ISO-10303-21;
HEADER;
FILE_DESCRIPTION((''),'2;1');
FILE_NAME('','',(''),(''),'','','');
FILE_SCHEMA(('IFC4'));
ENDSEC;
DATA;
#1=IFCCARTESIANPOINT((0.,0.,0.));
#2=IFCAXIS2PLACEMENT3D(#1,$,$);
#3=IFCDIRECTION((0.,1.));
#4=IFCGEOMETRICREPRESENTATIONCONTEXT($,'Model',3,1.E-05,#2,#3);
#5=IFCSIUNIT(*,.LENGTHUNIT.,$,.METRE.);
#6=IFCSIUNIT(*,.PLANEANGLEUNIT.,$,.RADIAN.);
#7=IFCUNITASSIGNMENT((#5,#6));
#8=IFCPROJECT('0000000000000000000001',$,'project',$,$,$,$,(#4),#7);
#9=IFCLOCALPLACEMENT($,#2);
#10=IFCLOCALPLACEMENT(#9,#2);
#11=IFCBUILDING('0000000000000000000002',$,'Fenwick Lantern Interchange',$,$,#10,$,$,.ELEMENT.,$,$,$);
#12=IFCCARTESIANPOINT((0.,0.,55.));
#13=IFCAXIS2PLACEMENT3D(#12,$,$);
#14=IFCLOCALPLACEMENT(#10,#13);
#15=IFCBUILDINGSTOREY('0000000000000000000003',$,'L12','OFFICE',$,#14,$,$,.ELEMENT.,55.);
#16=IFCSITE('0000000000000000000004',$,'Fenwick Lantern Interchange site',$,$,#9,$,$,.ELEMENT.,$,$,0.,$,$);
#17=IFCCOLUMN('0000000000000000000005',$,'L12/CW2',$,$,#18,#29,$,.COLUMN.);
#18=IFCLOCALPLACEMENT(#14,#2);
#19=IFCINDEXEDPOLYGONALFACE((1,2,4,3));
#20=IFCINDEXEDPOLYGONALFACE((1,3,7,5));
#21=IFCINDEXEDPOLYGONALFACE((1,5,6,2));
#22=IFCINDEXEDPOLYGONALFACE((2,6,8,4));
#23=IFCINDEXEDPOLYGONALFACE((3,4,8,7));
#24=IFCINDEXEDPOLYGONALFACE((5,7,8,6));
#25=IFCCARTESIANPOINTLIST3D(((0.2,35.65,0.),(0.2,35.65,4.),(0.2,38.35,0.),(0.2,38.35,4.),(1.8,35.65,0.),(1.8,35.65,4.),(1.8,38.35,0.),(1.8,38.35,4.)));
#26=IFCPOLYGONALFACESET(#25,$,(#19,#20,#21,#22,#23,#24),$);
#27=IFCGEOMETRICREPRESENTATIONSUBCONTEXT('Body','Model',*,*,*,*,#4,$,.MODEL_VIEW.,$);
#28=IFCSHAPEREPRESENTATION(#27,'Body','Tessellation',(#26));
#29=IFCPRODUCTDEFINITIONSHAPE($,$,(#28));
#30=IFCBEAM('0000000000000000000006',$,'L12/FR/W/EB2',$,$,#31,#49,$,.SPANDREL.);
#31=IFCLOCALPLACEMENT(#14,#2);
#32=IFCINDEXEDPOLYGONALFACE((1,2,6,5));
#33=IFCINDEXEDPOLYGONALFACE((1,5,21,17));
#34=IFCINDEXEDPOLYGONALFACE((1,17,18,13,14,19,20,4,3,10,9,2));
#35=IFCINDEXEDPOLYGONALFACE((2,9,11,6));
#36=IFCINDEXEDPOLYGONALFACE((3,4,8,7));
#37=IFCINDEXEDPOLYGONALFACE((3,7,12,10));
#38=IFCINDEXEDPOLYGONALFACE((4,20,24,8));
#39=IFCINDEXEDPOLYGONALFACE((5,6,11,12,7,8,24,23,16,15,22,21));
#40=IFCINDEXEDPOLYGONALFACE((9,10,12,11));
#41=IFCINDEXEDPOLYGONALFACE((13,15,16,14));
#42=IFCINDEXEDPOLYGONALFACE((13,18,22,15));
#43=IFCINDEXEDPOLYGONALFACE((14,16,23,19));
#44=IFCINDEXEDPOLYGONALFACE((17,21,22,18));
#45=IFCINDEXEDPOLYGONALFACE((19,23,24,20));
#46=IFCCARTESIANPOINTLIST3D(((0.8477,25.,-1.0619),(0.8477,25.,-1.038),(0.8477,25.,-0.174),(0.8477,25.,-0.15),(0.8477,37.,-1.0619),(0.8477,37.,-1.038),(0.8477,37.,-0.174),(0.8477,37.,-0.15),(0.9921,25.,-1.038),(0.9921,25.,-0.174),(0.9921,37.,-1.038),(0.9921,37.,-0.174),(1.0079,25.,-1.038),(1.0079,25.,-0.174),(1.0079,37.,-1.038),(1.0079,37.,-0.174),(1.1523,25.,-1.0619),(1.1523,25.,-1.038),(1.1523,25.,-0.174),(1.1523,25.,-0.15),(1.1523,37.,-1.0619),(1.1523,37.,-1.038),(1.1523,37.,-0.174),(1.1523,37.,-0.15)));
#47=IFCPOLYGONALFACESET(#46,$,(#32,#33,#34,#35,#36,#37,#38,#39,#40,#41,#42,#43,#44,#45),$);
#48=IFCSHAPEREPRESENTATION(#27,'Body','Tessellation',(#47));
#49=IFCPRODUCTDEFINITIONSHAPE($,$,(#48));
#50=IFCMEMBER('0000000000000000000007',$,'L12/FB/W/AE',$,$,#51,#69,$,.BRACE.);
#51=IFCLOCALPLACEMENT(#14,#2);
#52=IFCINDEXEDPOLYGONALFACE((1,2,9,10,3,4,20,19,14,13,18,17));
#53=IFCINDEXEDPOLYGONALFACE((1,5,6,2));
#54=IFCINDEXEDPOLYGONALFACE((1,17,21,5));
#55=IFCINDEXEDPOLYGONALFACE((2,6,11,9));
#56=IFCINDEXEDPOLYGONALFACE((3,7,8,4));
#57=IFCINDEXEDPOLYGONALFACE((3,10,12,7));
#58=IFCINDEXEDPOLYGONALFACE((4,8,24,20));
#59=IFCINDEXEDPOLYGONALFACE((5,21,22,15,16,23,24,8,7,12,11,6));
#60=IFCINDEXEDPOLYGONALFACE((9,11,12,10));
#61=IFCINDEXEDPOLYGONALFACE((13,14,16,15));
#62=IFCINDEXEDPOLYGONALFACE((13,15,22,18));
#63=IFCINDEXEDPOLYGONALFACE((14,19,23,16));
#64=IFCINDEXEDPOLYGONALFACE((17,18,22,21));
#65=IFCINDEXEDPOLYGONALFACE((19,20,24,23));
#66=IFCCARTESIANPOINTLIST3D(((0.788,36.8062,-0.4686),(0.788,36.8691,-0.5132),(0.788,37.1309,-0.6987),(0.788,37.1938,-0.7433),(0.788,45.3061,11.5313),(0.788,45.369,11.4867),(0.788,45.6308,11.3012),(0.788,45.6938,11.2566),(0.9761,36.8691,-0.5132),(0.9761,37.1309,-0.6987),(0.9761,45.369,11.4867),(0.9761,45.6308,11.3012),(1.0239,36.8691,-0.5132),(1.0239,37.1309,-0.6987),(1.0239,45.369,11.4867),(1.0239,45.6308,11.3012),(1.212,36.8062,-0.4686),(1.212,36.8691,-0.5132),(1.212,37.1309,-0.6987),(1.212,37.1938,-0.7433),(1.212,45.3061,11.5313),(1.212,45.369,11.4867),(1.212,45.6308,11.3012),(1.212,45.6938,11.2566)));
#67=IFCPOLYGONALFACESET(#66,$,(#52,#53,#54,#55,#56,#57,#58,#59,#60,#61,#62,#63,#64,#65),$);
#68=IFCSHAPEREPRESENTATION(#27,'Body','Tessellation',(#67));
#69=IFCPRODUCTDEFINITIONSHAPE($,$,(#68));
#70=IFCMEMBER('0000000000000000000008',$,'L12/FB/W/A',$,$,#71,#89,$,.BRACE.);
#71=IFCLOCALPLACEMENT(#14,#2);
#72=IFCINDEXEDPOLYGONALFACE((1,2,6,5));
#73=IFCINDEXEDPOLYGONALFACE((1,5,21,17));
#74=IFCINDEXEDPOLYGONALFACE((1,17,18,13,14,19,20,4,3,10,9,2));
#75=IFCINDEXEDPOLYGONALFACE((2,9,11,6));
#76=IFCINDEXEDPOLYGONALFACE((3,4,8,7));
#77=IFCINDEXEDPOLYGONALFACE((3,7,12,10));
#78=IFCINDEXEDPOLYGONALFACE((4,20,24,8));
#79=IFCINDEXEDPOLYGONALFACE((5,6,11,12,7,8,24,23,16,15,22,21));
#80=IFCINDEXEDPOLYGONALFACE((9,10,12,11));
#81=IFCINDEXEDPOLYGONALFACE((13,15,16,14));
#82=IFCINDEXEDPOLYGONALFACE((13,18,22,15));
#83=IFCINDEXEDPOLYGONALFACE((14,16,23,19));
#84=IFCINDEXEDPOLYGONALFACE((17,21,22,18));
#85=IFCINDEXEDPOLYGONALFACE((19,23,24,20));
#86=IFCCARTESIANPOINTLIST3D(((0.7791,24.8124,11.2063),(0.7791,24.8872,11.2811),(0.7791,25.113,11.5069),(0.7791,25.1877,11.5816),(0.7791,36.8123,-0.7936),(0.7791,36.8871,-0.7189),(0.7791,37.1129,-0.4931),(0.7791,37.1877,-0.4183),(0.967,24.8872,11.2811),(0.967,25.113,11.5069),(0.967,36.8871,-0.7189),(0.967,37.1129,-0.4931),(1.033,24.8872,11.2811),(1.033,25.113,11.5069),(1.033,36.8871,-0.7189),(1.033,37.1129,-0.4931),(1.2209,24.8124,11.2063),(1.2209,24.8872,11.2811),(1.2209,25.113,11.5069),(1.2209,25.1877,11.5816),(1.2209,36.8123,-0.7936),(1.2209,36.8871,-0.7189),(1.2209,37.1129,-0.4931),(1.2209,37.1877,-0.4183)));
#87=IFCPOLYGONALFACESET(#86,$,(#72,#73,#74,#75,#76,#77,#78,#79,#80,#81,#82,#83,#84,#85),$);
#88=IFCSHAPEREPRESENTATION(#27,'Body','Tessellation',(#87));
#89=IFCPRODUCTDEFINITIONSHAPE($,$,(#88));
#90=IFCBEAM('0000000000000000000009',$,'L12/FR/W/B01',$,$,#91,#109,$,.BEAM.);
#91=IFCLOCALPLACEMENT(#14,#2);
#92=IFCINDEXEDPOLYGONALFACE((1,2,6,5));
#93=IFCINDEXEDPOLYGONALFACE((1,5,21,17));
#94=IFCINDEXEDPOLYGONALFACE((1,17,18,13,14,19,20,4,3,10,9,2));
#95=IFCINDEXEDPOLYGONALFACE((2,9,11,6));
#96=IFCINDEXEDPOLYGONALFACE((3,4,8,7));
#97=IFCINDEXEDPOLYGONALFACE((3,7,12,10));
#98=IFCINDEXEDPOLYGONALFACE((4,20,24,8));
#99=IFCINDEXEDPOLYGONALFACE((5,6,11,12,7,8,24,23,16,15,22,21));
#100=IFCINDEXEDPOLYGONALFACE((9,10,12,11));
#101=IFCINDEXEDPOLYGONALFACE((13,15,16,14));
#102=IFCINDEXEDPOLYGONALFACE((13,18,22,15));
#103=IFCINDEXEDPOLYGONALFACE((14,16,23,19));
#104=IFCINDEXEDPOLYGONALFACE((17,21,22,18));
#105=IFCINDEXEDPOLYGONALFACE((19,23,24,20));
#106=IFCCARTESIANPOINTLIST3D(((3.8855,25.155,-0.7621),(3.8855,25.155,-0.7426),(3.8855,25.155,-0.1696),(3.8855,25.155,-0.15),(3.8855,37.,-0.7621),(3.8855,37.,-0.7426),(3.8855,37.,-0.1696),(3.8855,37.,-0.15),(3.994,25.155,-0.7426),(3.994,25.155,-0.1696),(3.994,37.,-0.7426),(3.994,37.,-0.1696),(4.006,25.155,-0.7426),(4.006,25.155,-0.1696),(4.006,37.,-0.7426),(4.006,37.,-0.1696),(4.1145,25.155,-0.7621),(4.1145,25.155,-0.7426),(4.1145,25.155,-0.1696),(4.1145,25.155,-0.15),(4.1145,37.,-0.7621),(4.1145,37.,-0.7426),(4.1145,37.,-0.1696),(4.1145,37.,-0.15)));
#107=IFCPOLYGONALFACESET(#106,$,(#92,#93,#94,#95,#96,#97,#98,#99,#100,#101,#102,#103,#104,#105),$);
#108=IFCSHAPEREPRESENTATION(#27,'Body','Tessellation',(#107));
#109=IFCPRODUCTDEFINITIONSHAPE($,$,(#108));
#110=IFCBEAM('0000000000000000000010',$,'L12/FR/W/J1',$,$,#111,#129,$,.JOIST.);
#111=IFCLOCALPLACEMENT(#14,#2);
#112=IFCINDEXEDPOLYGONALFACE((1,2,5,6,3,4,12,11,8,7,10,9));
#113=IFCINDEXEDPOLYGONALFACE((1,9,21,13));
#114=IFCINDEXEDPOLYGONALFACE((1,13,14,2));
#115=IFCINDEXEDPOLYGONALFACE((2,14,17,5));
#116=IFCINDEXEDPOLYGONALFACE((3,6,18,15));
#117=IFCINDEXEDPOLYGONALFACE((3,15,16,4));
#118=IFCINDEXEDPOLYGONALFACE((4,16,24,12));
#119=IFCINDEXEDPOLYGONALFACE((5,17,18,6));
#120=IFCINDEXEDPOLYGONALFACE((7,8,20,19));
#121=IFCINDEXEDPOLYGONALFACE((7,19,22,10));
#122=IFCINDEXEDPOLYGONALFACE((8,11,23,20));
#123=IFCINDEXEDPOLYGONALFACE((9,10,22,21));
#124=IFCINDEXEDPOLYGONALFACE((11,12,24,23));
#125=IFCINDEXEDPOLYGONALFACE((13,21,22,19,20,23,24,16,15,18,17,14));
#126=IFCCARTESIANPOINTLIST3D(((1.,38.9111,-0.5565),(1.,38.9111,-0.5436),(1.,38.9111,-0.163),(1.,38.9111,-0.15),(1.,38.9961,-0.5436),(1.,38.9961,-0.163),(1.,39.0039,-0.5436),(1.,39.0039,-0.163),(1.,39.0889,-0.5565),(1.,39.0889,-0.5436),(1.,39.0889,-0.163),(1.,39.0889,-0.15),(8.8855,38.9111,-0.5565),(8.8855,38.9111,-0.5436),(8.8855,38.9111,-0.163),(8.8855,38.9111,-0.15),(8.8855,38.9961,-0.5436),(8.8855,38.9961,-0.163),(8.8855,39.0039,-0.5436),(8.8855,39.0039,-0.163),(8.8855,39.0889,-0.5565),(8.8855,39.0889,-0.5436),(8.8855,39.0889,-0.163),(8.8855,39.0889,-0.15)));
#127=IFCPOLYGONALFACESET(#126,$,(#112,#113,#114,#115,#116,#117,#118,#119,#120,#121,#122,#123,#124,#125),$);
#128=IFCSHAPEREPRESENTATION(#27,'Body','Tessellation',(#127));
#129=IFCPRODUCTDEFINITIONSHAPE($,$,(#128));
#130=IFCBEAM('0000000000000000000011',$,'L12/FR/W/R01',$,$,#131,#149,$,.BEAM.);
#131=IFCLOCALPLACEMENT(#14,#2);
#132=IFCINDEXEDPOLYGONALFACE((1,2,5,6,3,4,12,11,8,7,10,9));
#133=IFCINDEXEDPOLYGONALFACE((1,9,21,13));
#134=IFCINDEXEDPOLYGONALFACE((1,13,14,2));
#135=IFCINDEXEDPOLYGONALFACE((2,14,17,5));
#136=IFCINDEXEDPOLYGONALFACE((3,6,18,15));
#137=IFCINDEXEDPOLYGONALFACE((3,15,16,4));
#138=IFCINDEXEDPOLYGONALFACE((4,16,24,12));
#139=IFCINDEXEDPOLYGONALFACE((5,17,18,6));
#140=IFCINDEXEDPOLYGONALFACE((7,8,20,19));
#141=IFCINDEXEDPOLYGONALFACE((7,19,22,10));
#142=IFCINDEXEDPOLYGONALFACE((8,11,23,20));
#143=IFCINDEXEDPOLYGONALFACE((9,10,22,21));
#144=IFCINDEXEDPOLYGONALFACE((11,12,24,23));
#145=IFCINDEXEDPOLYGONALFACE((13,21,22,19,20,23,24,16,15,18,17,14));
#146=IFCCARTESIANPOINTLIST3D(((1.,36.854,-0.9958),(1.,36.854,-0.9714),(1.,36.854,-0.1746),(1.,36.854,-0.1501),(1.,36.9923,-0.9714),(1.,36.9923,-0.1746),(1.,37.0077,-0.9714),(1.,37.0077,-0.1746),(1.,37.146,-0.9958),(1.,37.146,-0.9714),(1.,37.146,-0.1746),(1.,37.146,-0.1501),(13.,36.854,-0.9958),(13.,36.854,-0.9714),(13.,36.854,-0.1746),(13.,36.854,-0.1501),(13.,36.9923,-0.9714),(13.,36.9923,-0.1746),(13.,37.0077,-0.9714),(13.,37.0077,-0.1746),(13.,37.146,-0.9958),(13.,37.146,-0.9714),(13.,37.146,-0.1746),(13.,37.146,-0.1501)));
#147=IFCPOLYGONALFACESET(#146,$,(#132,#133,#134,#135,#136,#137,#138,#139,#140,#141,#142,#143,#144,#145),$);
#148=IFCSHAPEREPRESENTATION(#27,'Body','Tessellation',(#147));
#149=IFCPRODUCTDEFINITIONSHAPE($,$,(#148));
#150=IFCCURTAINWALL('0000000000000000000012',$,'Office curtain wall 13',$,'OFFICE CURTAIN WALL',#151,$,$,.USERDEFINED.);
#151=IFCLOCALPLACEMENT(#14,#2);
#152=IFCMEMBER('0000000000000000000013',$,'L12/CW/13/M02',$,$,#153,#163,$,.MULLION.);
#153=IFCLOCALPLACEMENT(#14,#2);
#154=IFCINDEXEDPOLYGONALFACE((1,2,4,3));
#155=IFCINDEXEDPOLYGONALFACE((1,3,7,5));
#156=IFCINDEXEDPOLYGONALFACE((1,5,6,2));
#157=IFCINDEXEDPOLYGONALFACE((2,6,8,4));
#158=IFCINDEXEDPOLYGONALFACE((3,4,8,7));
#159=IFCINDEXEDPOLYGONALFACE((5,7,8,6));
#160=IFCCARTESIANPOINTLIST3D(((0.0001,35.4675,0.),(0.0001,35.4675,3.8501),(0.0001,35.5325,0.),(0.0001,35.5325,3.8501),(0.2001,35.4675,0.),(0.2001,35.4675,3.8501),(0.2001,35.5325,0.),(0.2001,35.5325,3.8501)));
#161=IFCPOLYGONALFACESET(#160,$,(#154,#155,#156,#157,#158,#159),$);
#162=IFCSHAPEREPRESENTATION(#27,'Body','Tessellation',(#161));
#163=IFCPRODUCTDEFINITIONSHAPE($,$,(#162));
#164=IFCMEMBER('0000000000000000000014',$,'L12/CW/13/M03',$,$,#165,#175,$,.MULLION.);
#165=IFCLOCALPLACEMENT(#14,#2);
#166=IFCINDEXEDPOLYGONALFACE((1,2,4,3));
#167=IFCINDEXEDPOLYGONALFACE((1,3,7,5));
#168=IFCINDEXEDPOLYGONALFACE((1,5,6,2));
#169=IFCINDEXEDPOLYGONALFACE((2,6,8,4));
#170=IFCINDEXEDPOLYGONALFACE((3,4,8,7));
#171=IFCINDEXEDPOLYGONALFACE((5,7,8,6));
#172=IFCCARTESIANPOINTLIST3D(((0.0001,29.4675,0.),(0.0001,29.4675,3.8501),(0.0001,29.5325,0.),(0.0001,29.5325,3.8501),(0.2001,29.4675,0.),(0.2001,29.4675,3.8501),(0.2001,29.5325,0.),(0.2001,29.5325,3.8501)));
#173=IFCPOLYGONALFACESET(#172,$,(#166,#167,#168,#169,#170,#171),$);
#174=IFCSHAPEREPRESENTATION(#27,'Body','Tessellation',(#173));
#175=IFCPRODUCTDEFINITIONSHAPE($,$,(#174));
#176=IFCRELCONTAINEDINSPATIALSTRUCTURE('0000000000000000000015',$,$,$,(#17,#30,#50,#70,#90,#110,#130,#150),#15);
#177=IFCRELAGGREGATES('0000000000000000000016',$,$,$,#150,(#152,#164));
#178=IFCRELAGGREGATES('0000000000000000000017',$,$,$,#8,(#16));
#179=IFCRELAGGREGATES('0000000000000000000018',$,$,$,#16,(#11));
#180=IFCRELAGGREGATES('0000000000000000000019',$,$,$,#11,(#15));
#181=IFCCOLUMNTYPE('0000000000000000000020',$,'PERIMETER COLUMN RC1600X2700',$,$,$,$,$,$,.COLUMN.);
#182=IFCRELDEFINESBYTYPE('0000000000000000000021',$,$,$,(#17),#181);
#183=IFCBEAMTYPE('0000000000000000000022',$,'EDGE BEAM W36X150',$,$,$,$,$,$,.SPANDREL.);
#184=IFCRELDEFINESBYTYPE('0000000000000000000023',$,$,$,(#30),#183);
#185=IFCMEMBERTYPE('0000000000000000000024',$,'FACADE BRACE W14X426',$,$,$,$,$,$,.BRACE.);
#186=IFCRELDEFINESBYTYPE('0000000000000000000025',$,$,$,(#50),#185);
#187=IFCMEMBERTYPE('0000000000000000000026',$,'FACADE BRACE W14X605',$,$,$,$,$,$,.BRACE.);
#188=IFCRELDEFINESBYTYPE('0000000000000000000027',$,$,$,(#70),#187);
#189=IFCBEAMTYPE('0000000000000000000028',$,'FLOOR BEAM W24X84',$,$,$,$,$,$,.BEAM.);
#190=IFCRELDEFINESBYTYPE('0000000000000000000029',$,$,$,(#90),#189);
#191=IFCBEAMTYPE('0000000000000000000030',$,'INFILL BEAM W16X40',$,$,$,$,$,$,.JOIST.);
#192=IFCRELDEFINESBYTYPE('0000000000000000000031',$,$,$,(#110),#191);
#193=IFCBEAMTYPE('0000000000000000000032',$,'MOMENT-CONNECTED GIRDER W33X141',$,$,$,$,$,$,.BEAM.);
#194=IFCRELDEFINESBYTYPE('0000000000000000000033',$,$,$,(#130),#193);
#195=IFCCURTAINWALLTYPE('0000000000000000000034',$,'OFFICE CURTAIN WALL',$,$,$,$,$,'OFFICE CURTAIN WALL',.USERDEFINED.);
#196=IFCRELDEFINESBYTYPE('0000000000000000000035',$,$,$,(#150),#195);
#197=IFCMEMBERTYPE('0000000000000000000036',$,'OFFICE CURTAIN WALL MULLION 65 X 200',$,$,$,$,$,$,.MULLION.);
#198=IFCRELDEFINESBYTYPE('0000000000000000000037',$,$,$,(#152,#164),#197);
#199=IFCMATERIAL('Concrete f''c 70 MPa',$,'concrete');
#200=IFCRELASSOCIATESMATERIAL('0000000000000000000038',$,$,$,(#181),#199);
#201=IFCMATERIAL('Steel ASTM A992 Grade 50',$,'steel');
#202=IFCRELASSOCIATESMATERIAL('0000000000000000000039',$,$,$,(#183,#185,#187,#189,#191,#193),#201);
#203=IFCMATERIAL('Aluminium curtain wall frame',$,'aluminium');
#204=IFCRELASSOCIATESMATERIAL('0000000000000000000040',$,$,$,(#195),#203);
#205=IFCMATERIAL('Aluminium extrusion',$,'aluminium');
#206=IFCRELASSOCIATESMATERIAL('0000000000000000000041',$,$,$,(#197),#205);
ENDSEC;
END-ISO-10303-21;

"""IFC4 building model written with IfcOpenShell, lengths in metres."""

from ifc_helpers import new_model, si_unit, direction, frame, origin, origin_2d, place, context, subcontext, project, spatial, rectangle, i_section, extrude, material, material_profile, profile_set, type_object, element, aggregate, save


model = new_model("IFC4")

# Units and contexts
model_context = context("Model", 3, precision=1e-05, world=origin(), true_north=direction((0.0, 1.0)))
body_context = subcontext(model_context, "Body", "Model", "MODEL_VIEW")
ifc_project = project(units=[si_unit("LENGTHUNIT", "METRE"), si_unit("PLANEANGLEUNIT", "RADIAN")], contexts=[model_context])

# Site, building, storey
site_placement = place(None, origin())
site = spatial("IfcSite", under=ifc_project, at=site_placement, Name="Fenwick Lantern Interchange site", CompositionType="ELEMENT", RefElevation=0.0)
building_placement = place(site_placement, origin())
building = spatial("IfcBuilding", under=site, at=building_placement, Name="Fenwick Lantern Interchange", CompositionType="ELEMENT")
storey_placement = place(building_placement, frame((0.0, 0.0, 55.0)))
storey = spatial("IfcBuildingStorey", under=building, at=storey_placement, Name="L12", Description="OFFICE", CompositionType="ELEMENT", Elevation=55.0)

# Column
ifc_material_1 = material(Name="Concrete f'c 70 MPa", Category="concrete")
ifc_material_profile_1 = material_profile(ifc_material_1, rectangle(XDim=1.6001, YDim=2.7, at=origin_2d()), Name="RC1600X2700")
ifc_profile_set_1 = profile_set([ifc_material_profile_1], Name="Concrete f'c 70 MPa")
column_type = type_object("IfcColumnType", Name="PERIMETER COLUMN RC1600X2700", PredefinedType="COLUMN", material=ifc_profile_set_1)
column_placement = place(storey_placement, frame((1.0, 37.0, 0.0), z_axis=(0.0, 0.0, 1.0), x_axis=(1.0, 0.0, 0.0)))
element("IfcColumn", 1, at=column_placement, inside=storey, type_object=column_type, Name="L12/CW2", PredefinedType="COLUMN", context=body_context, shape_type="SweptSolid", body=[
    extrude(rectangle(XDim=1.6001, YDim=2.7, at=origin_2d()), origin(), (0.0, 0.0, 1.0), 4.0),
])

# Beam
ifc_material_2 = material(Name="Steel ASTM A992 Grade 50", Category="steel")
ifc_material_profile_2 = material_profile(ifc_material_2, i_section(OverallWidth=0.3047, OverallDepth=0.9119, WebThickness=0.0159, FlangeThickness=0.0239, at=origin_2d()), Name="W36X150")
ifc_profile_set_2 = profile_set([ifc_material_profile_2], Name="Steel ASTM A992 Grade 50")
beam_type_1 = type_object("IfcBeamType", Name="EDGE BEAM W36X150", PredefinedType="SPANDREL", material=ifc_profile_set_2)
beam_1_placement = place(storey_placement, frame((1.0, 37.0, -0.606), z_axis=(0.0, -1.0, 0.0), x_axis=(1.0, 0.0, 0.0)))
element("IfcBeam", 2, at=beam_1_placement, inside=storey, type_object=beam_type_1, Name="L12/FR/W/EB2", PredefinedType="SPANDREL", context=body_context, shape_type="SweptSolid", body=[
    extrude(i_section(OverallWidth=0.3047, OverallDepth=0.9119, WebThickness=0.0159, FlangeThickness=0.0239, at=origin_2d()), origin(), (0.0, 0.0, 1.0), 12.0),
])

# Members
ifc_material_profile_3 = material_profile(ifc_material_2, i_section(OverallWidth=0.4241, OverallDepth=0.4751, WebThickness=0.0479, FlangeThickness=0.0771, at=origin_2d()), Name="W14X426")
ifc_profile_set_3 = profile_set([ifc_material_profile_3], Name="Steel ASTM A992 Grade 50")
member_type_1 = type_object("IfcMemberType", Name="FACADE BRACE W14X426", PredefinedType="BRACE", material=ifc_profile_set_3)
member_1_placement = place(storey_placement, frame((1.0, 37.0, -0.606), z_axis=(0.0, 0.578017, 0.816024), x_axis=(-1.0, 0.0, 0.0)))
element("IfcMember", 3, at=member_1_placement, inside=storey, type_object=member_type_1, Name="L12/FB/W/AE", PredefinedType="BRACE", context=body_context, shape_type="SweptSolid", body=[
    extrude(i_section(OverallWidth=0.4241, OverallDepth=0.4751, WebThickness=0.0479, FlangeThickness=0.0771, at=origin_2d()), origin(), (0.0, 0.0, 1.0), 14.7053),
])
ifc_material_profile_4 = material_profile(ifc_material_2, i_section(OverallWidth=0.4419, OverallDepth=0.5308, WebThickness=0.0659, FlangeThickness=0.1057, at=origin_2d()), Name="W14X605")
ifc_profile_set_4 = profile_set([ifc_material_profile_4], Name="Steel ASTM A992 Grade 50")
member_type_2 = type_object("IfcMemberType", Name="FACADE BRACE W14X605", PredefinedType="BRACE", material=ifc_profile_set_4)
member_2_placement = place(storey_placement, frame((1.0, 37.0, -0.606), z_axis=(0.0, -0.707107, 0.707107), x_axis=(1.0, 0.0, 0.0)))
element("IfcMember", 4, at=member_2_placement, inside=storey, type_object=member_type_2, Name="L12/FB/W/A", PredefinedType="BRACE", context=body_context, shape_type="SweptSolid", body=[
    extrude(i_section(OverallWidth=0.4419, OverallDepth=0.5308, WebThickness=0.0659, FlangeThickness=0.1057, at=origin_2d()), origin(), (0.0, 0.0, 1.0), 16.9705),
])

# Beams
ifc_material_profile_5 = material_profile(ifc_material_2, i_section(OverallWidth=0.229, OverallDepth=0.6121, WebThickness=0.012, FlangeThickness=0.0195, at=origin_2d()), Name="W24X84")
ifc_profile_set_5 = profile_set([ifc_material_profile_5], Name="Steel ASTM A992 Grade 50")
beam_type_2 = type_object("IfcBeamType", Name="FLOOR BEAM W24X84", PredefinedType="BEAM", material=ifc_profile_set_5)
beam_2_placement = place(storey_placement, frame((4.0, 37.0, -0.4561), z_axis=(0.0, -1.0, 0.0), x_axis=(1.0, 0.0, 0.0)))
element("IfcBeam", 5, at=beam_2_placement, inside=storey, type_object=beam_type_2, Name="L12/FR/W/B01", PredefinedType="BEAM", context=body_context, shape_type="SweptSolid", body=[
    extrude(i_section(OverallWidth=0.229, OverallDepth=0.6121, WebThickness=0.012, FlangeThickness=0.0195, at=origin_2d()), origin(), (0.0, 0.0, 1.0), 11.845),
])
ifc_material_profile_6 = material_profile(ifc_material_2, i_section(OverallWidth=0.1777, OverallDepth=0.4065, WebThickness=0.0078, FlangeThickness=0.0129, at=origin_2d()), Name="W16X40")
ifc_profile_set_6 = profile_set([ifc_material_profile_6], Name="Steel ASTM A992 Grade 50")
beam_type_3 = type_object("IfcBeamType", Name="INFILL BEAM W16X40", PredefinedType="JOIST", material=ifc_profile_set_6)
beam_3_placement = place(storey_placement, frame((1.0, 39.0, -0.3533), z_axis=(1.0, 0.0, 0.0), x_axis=(0.0, 1.0, 0.0)))
element("IfcBeam", 6, at=beam_3_placement, inside=storey, type_object=beam_type_3, Name="L12/FR/W/J1", PredefinedType="JOIST", context=body_context, shape_type="SweptSolid", body=[
    extrude(i_section(OverallWidth=0.1777, OverallDepth=0.4065, WebThickness=0.0078, FlangeThickness=0.0129, at=origin_2d()), origin(), (0.0, 0.0, 1.0), 7.8855),
])
ifc_material_profile_7 = material_profile(ifc_material_2, i_section(OverallWidth=0.292, OverallDepth=0.8457, WebThickness=0.0154, FlangeThickness=0.0244, at=origin_2d()), Name="W33X141")
ifc_profile_set_7 = profile_set([ifc_material_profile_7], Name="Steel ASTM A992 Grade 50")
beam_type_4 = type_object("IfcBeamType", Name="MOMENT-CONNECTED GIRDER W33X141", PredefinedType="BEAM", material=ifc_profile_set_7)
beam_4_placement = place(storey_placement, frame((1.0, 37.0, -0.573), z_axis=(1.0, 0.0, 0.0), x_axis=(0.0, 1.0, 0.0)))
element("IfcBeam", 7, at=beam_4_placement, inside=storey, type_object=beam_type_4, Name="L12/FR/W/R01", PredefinedType="BEAM", context=body_context, shape_type="SweptSolid", body=[
    extrude(i_section(OverallWidth=0.292, OverallDepth=0.8457, WebThickness=0.0154, FlangeThickness=0.0244, at=origin_2d()), origin(), (0.0, 0.0, 1.0), 12.0),
])

# Curtain wall, members
ifc_material_3 = material(Name="Aluminium curtain wall frame", Category="aluminium")
curtain_wall_type = type_object("IfcCurtainWallType", Name="OFFICE CURTAIN WALL", ElementType="OFFICE CURTAIN WALL", PredefinedType="USERDEFINED", material=ifc_material_3)
curtain_wall_placement = place(storey_placement, origin())
curtain_wall = element("IfcCurtainWall", 8, at=curtain_wall_placement, inside=storey, type_object=curtain_wall_type, Name="Office curtain wall 13", ObjectType="OFFICE CURTAIN WALL", PredefinedType="USERDEFINED")
ifc_material_4 = material(Name="Aluminium extrusion", Category="aluminium")
ifc_material_profile_8 = material_profile(ifc_material_4, rectangle(XDim=0.2, YDim=0.0649, at=origin_2d()), Name="OFFICE CURTAIN WALL MULLION 65 X 200")
ifc_profile_set_8 = profile_set([ifc_material_profile_8], Name="Aluminium extrusion")
member_type_3 = type_object("IfcMemberType", Name="OFFICE CURTAIN WALL MULLION 65 X 200", PredefinedType="MULLION", material=ifc_profile_set_8)
member_3_placement = place(storey_placement, frame((0.1001, 35.5, 0.0), z_axis=(0.0, 0.0, 1.0), x_axis=(1.0, 0.0, 0.0)))
member_3 = element("IfcMember", 9, at=member_3_placement, type_object=member_type_3, Name="L12/CW/13/M02", PredefinedType="MULLION", context=body_context, shape_type="SweptSolid", body=[
    extrude(rectangle(XDim=0.2, YDim=0.0649, at=origin_2d()), origin(), (0.0, 0.0, 1.0), 3.8501),
])
member_4_placement = place(storey_placement, frame((0.1001, 29.5, 0.0), z_axis=(0.0, 0.0, 1.0), x_axis=(1.0, 0.0, 0.0)))
member_4 = element("IfcMember", 10, at=member_4_placement, type_object=member_type_3, Name="L12/CW/13/M03", PredefinedType="MULLION", context=body_context, shape_type="SweptSolid", body=[
    extrude(rectangle(XDim=0.2, YDim=0.0649, at=origin_2d()), origin(), (0.0, 0.0, 1.0), 3.8501),
])
aggregate(curtain_wall, [member_3, member_4])

save(model, "model.ifc")
